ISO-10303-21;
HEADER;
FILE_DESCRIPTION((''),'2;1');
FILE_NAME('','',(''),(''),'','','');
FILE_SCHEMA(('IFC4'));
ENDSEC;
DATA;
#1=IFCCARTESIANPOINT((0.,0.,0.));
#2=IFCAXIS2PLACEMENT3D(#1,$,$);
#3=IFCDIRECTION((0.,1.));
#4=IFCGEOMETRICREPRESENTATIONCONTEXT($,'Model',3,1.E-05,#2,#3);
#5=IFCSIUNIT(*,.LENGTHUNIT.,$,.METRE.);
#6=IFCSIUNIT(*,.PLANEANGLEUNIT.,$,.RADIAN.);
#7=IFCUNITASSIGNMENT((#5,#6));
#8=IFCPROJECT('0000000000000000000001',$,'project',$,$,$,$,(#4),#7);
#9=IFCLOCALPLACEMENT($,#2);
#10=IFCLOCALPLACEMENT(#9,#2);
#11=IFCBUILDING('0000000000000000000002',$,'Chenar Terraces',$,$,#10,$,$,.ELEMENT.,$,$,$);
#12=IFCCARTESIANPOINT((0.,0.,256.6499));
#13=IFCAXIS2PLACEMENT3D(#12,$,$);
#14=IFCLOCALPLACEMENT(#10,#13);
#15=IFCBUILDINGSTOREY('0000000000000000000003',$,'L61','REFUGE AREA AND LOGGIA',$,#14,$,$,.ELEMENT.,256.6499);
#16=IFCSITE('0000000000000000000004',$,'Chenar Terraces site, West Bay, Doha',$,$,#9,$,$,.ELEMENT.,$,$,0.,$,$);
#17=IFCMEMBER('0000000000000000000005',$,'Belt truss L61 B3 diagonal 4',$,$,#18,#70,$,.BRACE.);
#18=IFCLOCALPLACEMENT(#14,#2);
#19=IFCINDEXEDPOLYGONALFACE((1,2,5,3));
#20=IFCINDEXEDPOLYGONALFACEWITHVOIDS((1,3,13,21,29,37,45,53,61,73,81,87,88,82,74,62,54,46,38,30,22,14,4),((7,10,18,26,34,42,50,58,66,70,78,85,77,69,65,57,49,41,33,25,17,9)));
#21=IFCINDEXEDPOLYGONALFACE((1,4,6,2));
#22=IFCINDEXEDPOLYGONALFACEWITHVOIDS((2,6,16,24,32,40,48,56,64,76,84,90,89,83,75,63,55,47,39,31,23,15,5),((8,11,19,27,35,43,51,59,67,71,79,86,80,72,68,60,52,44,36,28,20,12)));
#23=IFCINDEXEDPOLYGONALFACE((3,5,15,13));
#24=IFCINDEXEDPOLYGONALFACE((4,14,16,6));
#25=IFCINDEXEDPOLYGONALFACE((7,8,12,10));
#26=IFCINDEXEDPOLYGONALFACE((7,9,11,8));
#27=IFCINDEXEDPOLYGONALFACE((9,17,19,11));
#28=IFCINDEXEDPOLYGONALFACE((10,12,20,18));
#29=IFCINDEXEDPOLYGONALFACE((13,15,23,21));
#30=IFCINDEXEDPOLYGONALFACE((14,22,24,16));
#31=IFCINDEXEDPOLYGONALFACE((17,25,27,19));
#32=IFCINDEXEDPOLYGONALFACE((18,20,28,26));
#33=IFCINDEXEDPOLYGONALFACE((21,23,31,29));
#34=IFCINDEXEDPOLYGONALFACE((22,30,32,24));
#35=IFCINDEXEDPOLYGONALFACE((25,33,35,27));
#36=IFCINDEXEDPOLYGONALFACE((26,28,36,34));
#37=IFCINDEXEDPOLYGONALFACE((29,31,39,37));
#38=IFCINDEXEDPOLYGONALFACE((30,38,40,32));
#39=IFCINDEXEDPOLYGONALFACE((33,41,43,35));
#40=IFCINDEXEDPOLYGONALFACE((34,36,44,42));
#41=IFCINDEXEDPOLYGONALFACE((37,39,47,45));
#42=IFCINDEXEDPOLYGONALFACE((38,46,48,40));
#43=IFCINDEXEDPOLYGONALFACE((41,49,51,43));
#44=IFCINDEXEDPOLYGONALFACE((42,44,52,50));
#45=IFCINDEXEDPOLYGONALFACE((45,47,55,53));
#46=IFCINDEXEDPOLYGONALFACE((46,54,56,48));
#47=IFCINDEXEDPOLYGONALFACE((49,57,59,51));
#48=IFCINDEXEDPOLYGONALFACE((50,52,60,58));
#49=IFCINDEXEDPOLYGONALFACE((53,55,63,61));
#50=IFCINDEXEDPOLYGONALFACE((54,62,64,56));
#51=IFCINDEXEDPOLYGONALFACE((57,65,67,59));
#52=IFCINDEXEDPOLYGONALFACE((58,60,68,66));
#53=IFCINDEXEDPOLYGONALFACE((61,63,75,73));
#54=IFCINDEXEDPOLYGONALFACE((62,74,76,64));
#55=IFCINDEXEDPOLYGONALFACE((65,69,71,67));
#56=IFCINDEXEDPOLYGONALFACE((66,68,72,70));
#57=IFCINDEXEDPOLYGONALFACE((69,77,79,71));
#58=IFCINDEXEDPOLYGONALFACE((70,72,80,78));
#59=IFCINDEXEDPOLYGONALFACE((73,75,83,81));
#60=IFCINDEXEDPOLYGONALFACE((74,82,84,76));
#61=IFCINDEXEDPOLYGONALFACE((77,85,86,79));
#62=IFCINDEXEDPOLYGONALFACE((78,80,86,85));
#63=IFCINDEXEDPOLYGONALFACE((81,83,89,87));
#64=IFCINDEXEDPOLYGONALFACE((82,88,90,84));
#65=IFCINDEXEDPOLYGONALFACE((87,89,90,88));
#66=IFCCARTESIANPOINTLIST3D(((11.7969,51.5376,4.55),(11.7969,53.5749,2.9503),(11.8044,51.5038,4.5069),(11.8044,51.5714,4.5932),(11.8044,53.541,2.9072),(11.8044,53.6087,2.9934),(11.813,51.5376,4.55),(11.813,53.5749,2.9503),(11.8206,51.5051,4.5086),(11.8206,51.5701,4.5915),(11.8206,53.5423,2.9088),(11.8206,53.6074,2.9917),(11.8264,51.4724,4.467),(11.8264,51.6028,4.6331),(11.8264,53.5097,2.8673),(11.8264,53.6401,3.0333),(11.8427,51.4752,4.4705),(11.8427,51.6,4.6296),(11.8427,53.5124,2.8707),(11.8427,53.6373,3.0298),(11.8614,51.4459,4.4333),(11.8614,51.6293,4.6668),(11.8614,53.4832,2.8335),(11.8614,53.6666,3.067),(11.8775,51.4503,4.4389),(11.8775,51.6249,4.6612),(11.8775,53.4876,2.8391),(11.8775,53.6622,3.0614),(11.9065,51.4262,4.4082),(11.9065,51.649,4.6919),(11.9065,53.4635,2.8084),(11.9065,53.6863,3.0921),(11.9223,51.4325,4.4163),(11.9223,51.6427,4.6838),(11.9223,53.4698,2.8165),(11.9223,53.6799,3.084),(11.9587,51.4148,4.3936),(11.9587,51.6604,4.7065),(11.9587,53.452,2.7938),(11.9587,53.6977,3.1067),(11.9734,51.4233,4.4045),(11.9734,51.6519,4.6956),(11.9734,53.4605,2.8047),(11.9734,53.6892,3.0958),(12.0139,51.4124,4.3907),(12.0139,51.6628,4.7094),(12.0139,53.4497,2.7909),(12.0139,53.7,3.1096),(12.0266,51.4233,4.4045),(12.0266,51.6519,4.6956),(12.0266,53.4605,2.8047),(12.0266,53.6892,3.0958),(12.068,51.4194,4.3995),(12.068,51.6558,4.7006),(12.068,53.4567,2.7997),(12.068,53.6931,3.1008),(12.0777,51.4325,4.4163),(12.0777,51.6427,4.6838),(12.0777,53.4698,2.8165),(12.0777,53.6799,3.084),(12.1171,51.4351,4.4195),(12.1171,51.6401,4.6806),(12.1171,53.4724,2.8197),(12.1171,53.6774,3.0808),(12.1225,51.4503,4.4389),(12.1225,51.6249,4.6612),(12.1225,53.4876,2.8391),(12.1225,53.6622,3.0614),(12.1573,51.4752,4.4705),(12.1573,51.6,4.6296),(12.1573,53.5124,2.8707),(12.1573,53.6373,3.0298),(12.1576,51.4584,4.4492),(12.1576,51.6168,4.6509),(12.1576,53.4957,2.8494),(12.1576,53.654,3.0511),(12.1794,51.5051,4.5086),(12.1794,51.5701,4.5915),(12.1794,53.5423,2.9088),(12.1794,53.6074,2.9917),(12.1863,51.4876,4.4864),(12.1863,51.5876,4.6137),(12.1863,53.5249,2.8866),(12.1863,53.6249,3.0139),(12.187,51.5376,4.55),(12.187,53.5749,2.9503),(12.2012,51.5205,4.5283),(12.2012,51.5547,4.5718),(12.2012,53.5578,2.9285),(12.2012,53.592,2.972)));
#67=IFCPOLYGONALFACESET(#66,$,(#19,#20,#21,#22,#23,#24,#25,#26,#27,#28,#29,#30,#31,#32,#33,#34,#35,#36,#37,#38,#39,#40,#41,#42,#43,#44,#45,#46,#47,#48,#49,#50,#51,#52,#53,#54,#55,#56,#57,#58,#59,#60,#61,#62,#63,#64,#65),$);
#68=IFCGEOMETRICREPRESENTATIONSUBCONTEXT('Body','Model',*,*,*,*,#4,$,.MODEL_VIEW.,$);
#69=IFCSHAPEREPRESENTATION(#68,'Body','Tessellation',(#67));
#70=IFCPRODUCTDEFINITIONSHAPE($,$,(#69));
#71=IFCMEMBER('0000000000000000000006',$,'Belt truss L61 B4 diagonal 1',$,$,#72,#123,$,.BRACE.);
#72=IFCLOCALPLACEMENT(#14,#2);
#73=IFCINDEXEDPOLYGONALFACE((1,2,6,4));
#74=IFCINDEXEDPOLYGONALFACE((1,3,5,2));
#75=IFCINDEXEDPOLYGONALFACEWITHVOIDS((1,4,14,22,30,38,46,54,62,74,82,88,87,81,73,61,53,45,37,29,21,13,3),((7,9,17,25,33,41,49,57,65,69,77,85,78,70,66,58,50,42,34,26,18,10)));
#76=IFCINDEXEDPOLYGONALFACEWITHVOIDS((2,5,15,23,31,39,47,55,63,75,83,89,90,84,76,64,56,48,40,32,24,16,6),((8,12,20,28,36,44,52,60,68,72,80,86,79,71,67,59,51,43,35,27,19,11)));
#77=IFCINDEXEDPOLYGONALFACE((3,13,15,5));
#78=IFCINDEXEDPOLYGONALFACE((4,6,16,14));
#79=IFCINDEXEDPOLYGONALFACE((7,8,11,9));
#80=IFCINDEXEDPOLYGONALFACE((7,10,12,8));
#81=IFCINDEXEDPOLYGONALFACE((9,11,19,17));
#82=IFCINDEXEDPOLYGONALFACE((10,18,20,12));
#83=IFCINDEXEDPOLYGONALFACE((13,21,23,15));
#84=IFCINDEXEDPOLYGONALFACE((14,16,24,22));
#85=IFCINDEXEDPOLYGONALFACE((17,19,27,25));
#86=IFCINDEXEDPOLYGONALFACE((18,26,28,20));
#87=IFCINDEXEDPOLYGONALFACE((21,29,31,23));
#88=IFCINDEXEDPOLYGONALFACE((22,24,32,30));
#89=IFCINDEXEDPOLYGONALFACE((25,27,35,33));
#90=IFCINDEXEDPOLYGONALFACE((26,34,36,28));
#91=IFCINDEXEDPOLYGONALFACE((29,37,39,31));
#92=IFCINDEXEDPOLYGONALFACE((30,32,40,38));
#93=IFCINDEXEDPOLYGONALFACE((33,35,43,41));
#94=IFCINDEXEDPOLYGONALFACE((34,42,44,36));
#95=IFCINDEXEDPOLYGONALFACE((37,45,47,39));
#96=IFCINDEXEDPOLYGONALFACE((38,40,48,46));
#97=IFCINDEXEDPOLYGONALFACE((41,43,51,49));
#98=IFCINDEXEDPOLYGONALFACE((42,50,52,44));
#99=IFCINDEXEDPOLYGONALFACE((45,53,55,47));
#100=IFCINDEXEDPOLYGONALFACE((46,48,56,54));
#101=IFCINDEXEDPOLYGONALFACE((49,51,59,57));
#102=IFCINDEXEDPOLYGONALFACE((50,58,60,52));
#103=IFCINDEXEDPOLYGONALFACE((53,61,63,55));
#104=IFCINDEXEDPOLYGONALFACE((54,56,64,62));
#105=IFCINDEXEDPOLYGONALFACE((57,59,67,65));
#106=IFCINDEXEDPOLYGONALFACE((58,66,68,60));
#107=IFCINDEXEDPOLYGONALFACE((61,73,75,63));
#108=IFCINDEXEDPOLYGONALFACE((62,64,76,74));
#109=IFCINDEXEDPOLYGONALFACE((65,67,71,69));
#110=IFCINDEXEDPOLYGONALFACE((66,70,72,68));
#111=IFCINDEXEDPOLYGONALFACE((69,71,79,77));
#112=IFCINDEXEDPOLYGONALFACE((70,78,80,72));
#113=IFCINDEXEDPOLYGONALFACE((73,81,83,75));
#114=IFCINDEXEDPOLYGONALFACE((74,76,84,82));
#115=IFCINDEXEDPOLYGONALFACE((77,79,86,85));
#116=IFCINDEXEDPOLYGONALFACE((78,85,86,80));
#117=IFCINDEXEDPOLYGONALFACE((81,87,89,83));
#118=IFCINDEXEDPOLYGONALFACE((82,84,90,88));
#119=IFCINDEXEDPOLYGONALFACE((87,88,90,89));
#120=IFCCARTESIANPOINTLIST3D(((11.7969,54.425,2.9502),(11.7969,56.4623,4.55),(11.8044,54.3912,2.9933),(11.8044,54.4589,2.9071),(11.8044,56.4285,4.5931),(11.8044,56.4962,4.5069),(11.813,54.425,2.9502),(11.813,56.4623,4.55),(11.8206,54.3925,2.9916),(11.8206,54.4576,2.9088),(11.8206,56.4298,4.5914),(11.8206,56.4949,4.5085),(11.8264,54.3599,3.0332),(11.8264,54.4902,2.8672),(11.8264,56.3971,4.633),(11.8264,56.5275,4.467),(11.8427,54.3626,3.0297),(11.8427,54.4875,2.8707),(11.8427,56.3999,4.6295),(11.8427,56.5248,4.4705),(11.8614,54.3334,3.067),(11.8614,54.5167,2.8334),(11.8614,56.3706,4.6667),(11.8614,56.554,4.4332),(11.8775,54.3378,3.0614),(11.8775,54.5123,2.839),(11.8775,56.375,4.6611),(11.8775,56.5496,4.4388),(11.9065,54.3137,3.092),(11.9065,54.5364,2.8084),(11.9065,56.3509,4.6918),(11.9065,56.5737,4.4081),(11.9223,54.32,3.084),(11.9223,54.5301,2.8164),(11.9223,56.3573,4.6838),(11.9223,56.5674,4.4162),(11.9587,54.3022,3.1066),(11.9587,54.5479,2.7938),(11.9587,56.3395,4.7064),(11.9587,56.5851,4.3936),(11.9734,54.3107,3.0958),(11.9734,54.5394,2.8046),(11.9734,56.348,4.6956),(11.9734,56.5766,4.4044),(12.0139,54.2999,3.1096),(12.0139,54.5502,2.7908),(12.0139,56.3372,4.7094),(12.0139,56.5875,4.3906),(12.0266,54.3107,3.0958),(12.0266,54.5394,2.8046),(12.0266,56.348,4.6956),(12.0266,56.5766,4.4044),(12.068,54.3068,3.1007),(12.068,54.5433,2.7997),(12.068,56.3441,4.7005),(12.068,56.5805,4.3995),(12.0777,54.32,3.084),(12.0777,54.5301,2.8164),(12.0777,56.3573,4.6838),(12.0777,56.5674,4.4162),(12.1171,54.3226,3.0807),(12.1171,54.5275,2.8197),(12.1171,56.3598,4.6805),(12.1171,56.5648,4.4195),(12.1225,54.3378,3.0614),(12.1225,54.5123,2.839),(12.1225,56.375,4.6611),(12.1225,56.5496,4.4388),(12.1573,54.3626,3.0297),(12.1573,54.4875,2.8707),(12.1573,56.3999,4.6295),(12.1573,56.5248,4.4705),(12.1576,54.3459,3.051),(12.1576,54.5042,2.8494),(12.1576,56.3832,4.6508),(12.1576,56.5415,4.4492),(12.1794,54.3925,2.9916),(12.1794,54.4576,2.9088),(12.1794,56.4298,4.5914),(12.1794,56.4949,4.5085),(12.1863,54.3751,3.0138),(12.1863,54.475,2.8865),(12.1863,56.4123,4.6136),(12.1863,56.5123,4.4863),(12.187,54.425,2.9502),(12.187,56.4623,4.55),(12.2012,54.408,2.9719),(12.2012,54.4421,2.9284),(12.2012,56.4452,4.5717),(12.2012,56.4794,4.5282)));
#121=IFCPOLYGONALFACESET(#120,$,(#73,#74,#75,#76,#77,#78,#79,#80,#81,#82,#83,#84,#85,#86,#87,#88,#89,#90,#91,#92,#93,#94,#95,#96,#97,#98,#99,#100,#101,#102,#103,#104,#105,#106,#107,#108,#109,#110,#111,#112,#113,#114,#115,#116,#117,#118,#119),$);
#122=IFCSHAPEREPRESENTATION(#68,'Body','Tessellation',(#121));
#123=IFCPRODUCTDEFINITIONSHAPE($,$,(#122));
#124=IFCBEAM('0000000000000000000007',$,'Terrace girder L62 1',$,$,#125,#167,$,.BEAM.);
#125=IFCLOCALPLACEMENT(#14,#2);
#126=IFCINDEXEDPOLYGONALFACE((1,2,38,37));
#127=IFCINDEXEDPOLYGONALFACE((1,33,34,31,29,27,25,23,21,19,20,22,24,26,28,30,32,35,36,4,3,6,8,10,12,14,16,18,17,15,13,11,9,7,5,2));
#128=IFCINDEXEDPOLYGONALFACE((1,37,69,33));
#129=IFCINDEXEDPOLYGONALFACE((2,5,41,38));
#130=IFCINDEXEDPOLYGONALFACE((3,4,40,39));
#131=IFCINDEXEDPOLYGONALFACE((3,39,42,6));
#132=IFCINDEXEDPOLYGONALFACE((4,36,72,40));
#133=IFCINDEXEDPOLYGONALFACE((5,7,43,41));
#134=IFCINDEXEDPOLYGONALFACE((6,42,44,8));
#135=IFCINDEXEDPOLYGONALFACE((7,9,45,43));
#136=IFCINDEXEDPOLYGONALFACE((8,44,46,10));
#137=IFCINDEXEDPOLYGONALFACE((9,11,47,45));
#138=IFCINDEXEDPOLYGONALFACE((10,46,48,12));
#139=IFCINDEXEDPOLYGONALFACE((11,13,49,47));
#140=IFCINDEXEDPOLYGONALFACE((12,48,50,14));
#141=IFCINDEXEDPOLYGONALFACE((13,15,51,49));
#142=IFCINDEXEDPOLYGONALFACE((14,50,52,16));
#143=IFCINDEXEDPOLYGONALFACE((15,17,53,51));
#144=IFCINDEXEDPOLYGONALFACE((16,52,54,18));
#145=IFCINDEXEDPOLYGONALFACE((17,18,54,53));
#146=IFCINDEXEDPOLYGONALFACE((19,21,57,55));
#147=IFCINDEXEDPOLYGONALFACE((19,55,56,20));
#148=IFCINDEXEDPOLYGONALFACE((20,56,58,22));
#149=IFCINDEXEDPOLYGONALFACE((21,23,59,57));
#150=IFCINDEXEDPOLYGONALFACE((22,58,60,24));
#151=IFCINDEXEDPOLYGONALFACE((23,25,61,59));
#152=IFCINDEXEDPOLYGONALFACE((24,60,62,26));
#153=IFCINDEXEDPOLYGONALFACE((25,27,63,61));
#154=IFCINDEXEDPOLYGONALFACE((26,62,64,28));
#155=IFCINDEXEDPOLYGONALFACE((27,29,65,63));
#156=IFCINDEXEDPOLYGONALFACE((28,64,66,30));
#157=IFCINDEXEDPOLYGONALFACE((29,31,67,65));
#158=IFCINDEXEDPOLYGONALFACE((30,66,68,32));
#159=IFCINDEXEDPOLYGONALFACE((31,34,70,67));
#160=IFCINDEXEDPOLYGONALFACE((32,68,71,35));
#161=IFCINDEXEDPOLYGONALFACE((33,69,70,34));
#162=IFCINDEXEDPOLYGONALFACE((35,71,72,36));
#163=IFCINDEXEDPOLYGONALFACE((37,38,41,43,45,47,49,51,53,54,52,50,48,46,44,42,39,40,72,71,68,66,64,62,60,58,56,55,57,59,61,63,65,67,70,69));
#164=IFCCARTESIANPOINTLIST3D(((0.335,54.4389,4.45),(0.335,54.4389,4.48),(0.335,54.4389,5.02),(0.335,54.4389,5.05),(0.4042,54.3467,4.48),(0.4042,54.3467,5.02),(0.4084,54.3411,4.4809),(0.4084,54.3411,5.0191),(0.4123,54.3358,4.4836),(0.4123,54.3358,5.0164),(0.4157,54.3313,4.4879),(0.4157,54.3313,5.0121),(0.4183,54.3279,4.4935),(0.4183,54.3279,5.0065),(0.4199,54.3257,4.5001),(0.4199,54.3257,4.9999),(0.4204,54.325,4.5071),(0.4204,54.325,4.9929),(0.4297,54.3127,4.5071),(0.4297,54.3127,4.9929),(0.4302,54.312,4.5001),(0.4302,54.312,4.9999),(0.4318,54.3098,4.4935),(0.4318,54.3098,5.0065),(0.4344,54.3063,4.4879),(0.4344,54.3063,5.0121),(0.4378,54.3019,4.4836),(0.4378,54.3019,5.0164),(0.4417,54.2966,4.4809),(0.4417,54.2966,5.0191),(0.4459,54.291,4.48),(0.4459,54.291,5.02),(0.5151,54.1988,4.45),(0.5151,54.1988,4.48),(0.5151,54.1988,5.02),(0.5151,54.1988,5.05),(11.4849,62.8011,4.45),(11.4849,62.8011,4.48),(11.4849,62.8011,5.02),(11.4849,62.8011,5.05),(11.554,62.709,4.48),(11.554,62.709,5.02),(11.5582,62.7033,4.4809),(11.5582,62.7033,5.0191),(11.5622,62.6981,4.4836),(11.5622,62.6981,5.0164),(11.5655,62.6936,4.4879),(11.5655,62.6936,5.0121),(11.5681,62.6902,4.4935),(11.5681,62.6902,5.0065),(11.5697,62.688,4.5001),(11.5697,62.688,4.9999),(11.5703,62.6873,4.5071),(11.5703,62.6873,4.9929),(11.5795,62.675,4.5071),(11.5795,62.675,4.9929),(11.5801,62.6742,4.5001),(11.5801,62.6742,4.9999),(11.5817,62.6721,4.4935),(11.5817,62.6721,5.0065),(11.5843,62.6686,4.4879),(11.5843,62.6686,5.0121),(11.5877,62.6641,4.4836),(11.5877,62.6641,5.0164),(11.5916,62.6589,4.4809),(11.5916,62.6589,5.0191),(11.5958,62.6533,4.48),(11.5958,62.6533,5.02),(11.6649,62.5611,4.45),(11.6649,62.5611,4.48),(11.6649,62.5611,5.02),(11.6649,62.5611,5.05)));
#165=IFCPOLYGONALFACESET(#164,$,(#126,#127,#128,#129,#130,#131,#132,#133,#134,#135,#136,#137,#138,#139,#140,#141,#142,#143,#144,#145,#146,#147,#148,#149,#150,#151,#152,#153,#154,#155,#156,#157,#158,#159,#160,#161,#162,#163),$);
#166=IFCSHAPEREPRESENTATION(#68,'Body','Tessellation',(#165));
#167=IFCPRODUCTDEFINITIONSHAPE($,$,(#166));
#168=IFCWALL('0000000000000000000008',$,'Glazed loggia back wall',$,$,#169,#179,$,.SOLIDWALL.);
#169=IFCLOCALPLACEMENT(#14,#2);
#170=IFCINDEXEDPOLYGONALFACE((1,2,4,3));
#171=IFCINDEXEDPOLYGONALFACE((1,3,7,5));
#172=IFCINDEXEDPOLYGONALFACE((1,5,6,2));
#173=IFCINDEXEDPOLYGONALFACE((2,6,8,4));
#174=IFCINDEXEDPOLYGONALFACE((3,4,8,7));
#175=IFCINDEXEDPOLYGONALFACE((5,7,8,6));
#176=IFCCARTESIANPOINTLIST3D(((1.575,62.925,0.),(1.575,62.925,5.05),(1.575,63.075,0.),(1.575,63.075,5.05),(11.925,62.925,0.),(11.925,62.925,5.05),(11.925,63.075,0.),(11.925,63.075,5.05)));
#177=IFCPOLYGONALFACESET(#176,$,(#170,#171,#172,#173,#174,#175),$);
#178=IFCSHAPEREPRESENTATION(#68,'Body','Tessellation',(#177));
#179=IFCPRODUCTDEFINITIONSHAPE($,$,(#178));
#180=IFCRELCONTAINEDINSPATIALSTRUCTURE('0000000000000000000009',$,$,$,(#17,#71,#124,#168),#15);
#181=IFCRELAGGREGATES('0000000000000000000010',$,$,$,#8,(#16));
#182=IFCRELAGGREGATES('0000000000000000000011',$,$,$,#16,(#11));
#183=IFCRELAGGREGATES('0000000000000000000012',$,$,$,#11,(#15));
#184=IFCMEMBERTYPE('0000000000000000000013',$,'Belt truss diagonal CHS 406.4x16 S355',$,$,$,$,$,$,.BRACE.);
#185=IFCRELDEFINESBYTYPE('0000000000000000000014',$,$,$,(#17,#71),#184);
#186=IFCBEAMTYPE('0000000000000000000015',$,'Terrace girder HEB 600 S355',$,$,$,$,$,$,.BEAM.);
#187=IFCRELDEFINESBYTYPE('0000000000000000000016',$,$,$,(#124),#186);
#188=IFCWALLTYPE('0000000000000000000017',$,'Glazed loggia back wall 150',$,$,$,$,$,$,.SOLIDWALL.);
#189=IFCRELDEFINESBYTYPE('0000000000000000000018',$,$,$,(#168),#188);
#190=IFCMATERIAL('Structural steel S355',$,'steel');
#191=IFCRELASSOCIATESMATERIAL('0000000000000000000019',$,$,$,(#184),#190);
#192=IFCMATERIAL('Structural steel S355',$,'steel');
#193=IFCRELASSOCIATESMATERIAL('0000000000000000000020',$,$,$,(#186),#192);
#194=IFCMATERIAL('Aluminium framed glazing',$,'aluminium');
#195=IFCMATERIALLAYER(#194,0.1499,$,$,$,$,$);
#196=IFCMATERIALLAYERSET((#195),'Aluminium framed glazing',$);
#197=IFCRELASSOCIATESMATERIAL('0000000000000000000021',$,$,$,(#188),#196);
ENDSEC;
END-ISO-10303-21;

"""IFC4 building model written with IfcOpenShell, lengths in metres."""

from ifc_helpers import new_model, si_unit, direction, frame, frame_2d, origin, origin_2d, place, context, subcontext, project, spatial, rectangle, hollow_circle, i_section, extrude, material, layer, layer_set, material_profile, profile_set, type_object, element, save


model = new_model("IFC4")

# Units and contexts
model_context = context("Model", 3, precision=1e-05, world=origin(), true_north=direction((0.0, 1.0)))
body_context = subcontext(model_context, "Body", "Model", "MODEL_VIEW")
ifc_project = project(units=[si_unit("LENGTHUNIT", "METRE"), si_unit("PLANEANGLEUNIT", "RADIAN")], contexts=[model_context])

# Site, building, storey
site_placement = place(None, origin())
site = spatial("IfcSite", under=ifc_project, at=site_placement, Name="Chenar Terraces site, West Bay, Doha", CompositionType="ELEMENT", RefElevation=0.0)
building_placement = place(site_placement, origin())
building = spatial("IfcBuilding", under=site, at=building_placement, Name="Chenar Terraces", CompositionType="ELEMENT")
storey_placement = place(building_placement, frame((0.0, 0.0, 256.6499)))
storey = spatial("IfcBuildingStorey", under=building, at=storey_placement, Name="L61", Description="REFUGE AREA AND LOGGIA", CompositionType="ELEMENT", Elevation=256.6499)

# Members
ifc_material_1 = material(Name="Structural steel S355", Category="steel")
ifc_material_profile_1 = material_profile(ifc_material_1, hollow_circle(Radius=0.2031, WallThickness=0.0161, at=origin_2d()), Name="CHS 406.4x16")
ifc_profile_set_1 = profile_set([ifc_material_profile_1], Name="Structural steel S355")
member_type = type_object("IfcMemberType", Name="Belt truss diagonal CHS 406.4x16 S355", PredefinedType="BRACE", material=ifc_profile_set_1)
for number, where, z_axis, x_axis, name in (
    (1, (12.0, 51.5376, 4.55), (0.0, 0.786492, -0.617601), (-1.0, 0.0, 0.0), "Belt truss L61 B3 diagonal 4"),
    (2, (12.0, 54.425, 2.9502), (0.0, 0.786492, 0.617601), (-1.0, 0.0, 0.0), "Belt truss L61 B4 diagonal 1"),
):
    element("IfcMember", number, at=place(storey_placement, frame(where, z_axis=z_axis, x_axis=x_axis)), inside=storey, type_object=member_type, Name=name, PredefinedType="BRACE", context=body_context, shape_type="SweptSolid", body=[
        extrude(hollow_circle(Radius=0.2031, WallThickness=0.0161, at=origin_2d()), origin(), (0.0, 0.0, 1.0), 2.5903),
    ])

# Beam
ifc_material_2 = material(Name="Structural steel S355", Category="steel")
ifc_material_profile_2 = material_profile(ifc_material_2, i_section(OverallWidth=0.3, OverallDepth=0.6001, WebThickness=0.0154, FlangeThickness=0.03, FilletRadius=0.0271, at=origin_2d()), Name="HEB 600")
ifc_profile_set_2 = profile_set([ifc_material_profile_2], Name="Structural steel S355")
beam_type_1 = type_object("IfcBeamType", Name="Terrace girder HEB 600 S355", PredefinedType="BEAM", material=ifc_profile_set_2)
beam_placement = place(storey_placement, frame((0.425, 54.3188, 4.75), z_axis=(0.800004, 0.599994, 0.0), x_axis=(-0.599994, 0.800004, 0.0)))
element("IfcBeam", 3, at=beam_placement, inside=storey, type_object=beam_type_1, Name="Terrace girder L62 1", PredefinedType="BEAM", context=body_context, shape_type="SweptSolid", body=[
    extrude(i_section(OverallWidth=0.3, OverallDepth=0.6001, WebThickness=0.0154, FlangeThickness=0.03, FilletRadius=0.0271, at=origin_2d()), origin(), (0.0, 0.0, 1.0), 13.9373),
])

# Wall
ifc_material_3 = material(Name="Aluminium framed glazing", Category="aluminium")
ifc_layer_1 = layer(ifc_material_3, 0.1499)
ifc_layer_set_1 = layer_set([ifc_layer_1], Name="Aluminium framed glazing")
wall_type_1 = type_object("IfcWallType", Name="Glazed loggia back wall 150", PredefinedType="SOLIDWALL", material=ifc_layer_set_1)
wall_1_placement = place(storey_placement, frame((11.925, 63.0, 0.0), z_axis=(0.0, 0.0, 1.0), x_axis=(-1.0, 0.0, 0.0)))
element("IfcWall", 4, at=wall_1_placement, inside=storey, type_object=wall_type_1, Name="Glazed loggia back wall", PredefinedType="SOLIDWALL", context=body_context, shape_type="SweptSolid", body=[
    extrude(rectangle(XDim=10.3501, YDim=0.1499, at=frame_2d((5.175, 0.0))), origin(), (0.0, 0.0, 1.0), 5.05),
])

save(model, "model.ifc")
